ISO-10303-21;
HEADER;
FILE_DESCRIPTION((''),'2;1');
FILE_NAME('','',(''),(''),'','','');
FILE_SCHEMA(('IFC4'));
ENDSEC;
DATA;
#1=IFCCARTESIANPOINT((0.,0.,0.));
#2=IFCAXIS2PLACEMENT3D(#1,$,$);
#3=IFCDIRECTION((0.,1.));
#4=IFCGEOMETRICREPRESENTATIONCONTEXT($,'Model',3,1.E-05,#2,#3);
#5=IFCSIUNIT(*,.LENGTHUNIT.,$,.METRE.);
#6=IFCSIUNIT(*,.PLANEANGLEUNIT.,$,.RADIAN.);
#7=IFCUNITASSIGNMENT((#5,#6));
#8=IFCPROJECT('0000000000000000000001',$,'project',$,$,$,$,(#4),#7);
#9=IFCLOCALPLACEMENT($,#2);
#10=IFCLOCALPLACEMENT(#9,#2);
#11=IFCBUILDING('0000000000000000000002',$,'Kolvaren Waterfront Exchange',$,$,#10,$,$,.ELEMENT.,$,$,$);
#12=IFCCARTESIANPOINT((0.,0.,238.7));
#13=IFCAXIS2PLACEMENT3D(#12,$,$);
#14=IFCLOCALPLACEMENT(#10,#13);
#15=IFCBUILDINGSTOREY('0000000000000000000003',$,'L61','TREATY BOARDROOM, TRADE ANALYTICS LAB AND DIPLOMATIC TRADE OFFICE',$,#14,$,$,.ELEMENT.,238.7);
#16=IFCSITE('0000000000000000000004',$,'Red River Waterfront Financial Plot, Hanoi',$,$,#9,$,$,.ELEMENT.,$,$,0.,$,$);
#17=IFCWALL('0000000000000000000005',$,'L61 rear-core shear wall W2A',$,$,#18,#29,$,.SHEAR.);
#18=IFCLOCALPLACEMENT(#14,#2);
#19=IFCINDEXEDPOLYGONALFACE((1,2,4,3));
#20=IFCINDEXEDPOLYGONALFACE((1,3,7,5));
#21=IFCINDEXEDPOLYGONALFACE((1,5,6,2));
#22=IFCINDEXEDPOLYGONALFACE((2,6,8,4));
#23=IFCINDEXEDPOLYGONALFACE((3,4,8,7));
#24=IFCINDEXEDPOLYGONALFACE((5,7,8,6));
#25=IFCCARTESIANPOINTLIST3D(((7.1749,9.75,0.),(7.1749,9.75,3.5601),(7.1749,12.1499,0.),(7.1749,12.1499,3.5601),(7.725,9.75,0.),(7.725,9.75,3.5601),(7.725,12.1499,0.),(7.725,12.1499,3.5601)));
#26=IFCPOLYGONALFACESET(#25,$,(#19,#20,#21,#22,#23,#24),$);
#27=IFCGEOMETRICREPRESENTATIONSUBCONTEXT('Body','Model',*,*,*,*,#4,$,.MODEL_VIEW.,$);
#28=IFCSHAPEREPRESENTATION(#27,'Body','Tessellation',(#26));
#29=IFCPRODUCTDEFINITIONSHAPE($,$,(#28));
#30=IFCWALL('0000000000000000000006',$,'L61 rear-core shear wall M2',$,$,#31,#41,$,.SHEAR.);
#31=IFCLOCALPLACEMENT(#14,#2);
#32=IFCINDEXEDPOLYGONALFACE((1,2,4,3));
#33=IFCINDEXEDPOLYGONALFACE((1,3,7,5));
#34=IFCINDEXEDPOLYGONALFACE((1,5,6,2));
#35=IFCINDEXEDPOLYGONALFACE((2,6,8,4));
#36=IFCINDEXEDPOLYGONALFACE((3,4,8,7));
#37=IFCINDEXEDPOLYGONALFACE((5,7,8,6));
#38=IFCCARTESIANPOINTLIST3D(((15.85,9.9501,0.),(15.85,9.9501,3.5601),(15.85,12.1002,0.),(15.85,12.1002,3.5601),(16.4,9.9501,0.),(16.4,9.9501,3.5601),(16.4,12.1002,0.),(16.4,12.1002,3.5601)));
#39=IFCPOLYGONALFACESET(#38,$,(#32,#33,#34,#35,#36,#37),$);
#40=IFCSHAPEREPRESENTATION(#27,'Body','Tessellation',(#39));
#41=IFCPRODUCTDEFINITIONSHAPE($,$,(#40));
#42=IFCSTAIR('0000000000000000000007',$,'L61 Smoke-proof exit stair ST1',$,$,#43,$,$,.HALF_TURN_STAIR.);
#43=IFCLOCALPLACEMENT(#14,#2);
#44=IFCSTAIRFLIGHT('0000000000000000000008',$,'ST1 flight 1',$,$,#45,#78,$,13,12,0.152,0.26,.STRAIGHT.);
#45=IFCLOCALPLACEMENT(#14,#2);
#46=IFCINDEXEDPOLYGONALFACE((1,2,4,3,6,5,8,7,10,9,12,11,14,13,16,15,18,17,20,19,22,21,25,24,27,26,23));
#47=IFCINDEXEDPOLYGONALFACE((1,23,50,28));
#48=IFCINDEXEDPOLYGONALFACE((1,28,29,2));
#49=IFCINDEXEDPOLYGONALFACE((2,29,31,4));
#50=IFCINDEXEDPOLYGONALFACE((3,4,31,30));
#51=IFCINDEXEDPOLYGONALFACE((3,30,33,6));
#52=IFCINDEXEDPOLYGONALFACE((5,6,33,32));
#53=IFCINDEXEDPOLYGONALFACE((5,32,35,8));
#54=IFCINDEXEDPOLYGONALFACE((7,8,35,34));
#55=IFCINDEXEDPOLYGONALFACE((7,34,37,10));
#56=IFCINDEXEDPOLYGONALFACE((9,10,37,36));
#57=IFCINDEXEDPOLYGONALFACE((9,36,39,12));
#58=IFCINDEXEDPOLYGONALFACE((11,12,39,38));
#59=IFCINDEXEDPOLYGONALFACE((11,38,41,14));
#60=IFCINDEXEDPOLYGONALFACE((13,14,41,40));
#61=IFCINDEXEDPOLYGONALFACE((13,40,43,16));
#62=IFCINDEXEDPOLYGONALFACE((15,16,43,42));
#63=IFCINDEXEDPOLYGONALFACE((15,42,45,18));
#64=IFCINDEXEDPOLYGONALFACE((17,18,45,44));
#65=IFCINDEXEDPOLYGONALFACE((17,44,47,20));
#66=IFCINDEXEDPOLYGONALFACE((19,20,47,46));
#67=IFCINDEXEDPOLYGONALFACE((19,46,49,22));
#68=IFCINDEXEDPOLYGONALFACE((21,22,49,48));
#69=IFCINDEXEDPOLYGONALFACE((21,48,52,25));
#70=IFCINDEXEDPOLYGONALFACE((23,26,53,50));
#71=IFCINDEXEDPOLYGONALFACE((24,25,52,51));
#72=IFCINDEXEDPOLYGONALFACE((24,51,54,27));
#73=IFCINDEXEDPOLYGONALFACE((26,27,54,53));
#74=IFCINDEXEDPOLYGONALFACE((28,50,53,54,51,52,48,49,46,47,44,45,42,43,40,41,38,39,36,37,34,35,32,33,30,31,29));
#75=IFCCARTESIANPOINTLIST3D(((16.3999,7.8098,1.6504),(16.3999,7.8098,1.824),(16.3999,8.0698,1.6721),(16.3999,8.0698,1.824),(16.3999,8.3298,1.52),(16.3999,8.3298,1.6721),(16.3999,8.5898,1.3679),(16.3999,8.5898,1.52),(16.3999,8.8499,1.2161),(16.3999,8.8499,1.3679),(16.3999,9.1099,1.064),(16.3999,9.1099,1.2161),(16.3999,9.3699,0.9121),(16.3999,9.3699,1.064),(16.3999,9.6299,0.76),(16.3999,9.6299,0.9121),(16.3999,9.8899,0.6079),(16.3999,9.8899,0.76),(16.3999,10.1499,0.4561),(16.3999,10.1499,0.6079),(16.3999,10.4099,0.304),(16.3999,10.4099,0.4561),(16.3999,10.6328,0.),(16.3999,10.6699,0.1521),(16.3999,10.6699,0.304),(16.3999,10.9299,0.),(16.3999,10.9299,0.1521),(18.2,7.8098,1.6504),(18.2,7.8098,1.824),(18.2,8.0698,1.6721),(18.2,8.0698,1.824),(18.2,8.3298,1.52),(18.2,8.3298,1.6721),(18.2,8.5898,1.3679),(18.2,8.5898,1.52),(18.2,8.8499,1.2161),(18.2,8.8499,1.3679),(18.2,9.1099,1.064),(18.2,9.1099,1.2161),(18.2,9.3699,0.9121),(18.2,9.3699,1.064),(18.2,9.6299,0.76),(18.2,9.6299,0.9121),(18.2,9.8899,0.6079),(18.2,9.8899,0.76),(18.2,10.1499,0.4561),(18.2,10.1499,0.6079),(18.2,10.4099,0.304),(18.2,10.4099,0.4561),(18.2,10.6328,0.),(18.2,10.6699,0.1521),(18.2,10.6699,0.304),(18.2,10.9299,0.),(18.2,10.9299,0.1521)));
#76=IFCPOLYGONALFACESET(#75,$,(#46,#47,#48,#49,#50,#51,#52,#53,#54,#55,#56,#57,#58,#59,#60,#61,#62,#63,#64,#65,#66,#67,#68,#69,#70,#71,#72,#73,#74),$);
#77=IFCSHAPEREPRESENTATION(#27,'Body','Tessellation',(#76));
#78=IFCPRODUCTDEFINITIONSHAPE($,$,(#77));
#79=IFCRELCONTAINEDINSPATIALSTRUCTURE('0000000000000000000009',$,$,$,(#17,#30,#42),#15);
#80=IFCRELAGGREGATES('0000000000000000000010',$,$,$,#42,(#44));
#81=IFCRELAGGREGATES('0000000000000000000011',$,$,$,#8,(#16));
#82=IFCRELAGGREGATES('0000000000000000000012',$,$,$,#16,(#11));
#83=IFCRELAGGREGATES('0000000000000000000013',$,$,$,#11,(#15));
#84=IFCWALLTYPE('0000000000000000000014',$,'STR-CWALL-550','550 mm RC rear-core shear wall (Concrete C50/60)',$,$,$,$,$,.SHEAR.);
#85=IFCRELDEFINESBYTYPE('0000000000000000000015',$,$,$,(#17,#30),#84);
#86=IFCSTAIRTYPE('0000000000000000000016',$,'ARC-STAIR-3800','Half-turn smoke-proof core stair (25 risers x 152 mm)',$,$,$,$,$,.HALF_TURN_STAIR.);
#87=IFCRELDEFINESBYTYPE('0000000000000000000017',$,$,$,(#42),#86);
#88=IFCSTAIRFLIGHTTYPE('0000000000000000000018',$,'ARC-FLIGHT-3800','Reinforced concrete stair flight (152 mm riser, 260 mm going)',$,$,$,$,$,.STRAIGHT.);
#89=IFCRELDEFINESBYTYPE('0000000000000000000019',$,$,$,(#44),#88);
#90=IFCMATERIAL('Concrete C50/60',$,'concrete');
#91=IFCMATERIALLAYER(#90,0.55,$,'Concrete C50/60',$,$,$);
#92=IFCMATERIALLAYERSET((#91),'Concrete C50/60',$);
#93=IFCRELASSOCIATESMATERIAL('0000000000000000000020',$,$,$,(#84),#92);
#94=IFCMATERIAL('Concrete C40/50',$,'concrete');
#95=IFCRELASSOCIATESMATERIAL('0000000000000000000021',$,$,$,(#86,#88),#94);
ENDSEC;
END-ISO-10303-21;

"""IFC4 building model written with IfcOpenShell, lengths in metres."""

from ifc_helpers import new_model, si_unit, direction, frame, frame_2d, origin, place, context, subcontext, project, spatial, polyline, rectangle, outline, extrude, material, layer, layer_set, type_object, element, aggregate, save


model = new_model("IFC4")

# Units and contexts
model_context = context("Model", 3, precision=1e-05, world=origin(), true_north=direction((0.0, 1.0)))
body_context = subcontext(model_context, "Body", "Model", "MODEL_VIEW")
ifc_project = project(units=[si_unit("LENGTHUNIT", "METRE"), si_unit("PLANEANGLEUNIT", "RADIAN")], contexts=[model_context])

# Site, building, storey
site_placement = place(None, origin())
site = spatial("IfcSite", under=ifc_project, at=site_placement, Name="Red River Waterfront Financial Plot, Hanoi", CompositionType="ELEMENT", RefElevation=0.0)
building_placement = place(site_placement, origin())
building = spatial("IfcBuilding", under=site, at=building_placement, Name="Kolvaren Waterfront Exchange", CompositionType="ELEMENT")
storey_placement = place(building_placement, frame((0.0, 0.0, 238.7)))
storey = spatial("IfcBuildingStorey", under=building, at=storey_placement, Name="L61", Description="TREATY BOARDROOM, TRADE ANALYTICS LAB AND DIPLOMATIC TRADE OFFICE", CompositionType="ELEMENT", Elevation=238.7)

# Walls
ifc_material_1 = material(Name="Concrete C50/60", Category="concrete")
ifc_layer_1 = layer(ifc_material_1, 0.55, Name="Concrete C50/60")
ifc_layer_set_1 = layer_set([ifc_layer_1], Name="Concrete C50/60")
wall_type_1 = type_object("IfcWallType", Name="STR-CWALL-550", Description="550 mm RC rear-core shear wall (Concrete C50/60)", PredefinedType="SHEAR", material=ifc_layer_set_1)
wall_1_placement = place(storey_placement, frame((7.45, 9.75, 0.0), z_axis=(0.0, 0.0, 1.0), x_axis=(0.0, 1.0, 0.0)))
element("IfcWall", 1, at=wall_1_placement, inside=storey, type_object=wall_type_1, Name="L61 rear-core shear wall W2A", PredefinedType="SHEAR", context=body_context, shape_type="SweptSolid", body=[
    extrude(rectangle(XDim=2.3999, YDim=0.55, at=frame_2d((1.2, 0.0))), origin(), (0.0, 0.0, 1.0), 3.5601),
])
wall_2_placement = place(storey_placement, frame((16.125, 9.95, 0.0), z_axis=(0.0, 0.0, 1.0), x_axis=(0.0, 1.0, 0.0)))
element("IfcWall", 2, at=wall_2_placement, inside=storey, type_object=wall_type_1, Name="L61 rear-core shear wall M2", PredefinedType="SHEAR", context=body_context, shape_type="SweptSolid", body=[
    extrude(rectangle(XDim=2.1501, YDim=0.55, at=frame_2d((1.0752, 0.0))), origin(), (0.0, 0.0, 1.0), 3.5601),
])

# Stair, stair flight
ifc_material_2 = material(Name="Concrete C40/50", Category="concrete")
stair_type = type_object("IfcStairType", Name="ARC-STAIR-3800", Description="Half-turn smoke-proof core stair (25 risers x 152 mm)", PredefinedType="HALF_TURN_STAIR", material=ifc_material_2)
stair_placement = place(storey_placement, origin())
stair = element("IfcStair", 3, at=stair_placement, inside=storey, type_object=stair_type, Name="L61 Smoke-proof exit stair ST1", PredefinedType="HALF_TURN_STAIR")
stair_flight_type = type_object("IfcStairFlightType", Name="ARC-FLIGHT-3800", Description="Reinforced concrete stair flight (152 mm riser, 260 mm going)", PredefinedType="STRAIGHT", material=ifc_material_2)
stair_flight_placement = place(storey_placement, frame((17.3, 10.9299, 0.0), z_axis=(0.0, 0.0, 1.0), x_axis=(0.0, -1.0, 0.0)))
stair_flight = element("IfcStairFlight", 4, at=stair_flight_placement, type_object=stair_flight_type, Name="ST1 flight 1", NumberOfRisers=13, NumberOfTreads=12, PredefinedType="STRAIGHT", RiserHeight=0.152, TreadLength=0.26, context=body_context, shape_type="SweptSolid", body=[
    extrude(outline(polyline([(0.0, 0.0), (0.0, 0.1521), (0.26, 0.1521), (0.26, 0.304), (0.52, 0.304), (0.52, 0.4561), (0.78, 0.4561), (0.78, 0.6079), (1.04, 0.6079), (1.04, 0.76), (1.3, 0.76), (1.3, 0.9121), (1.5601, 0.9121), (1.5601, 1.064), (1.8201, 1.064), (1.8201, 1.2161), (2.0801, 1.2161), (2.0801, 1.3679), (2.3401, 1.3679), (2.3401, 1.52), (2.6001, 1.52), (2.6001, 1.6721), (2.8601, 1.6721), (2.8601, 1.824), (3.1201, 1.824), (3.1201, 1.9761), (3.1201, 1.6504), (0.2971, 0.0), (0.0, 0.0)])), frame((0.0, 0.8999, 0.0), z_axis=(0.0, -1.0, 0.0), x_axis=(1.0, 0.0, 0.0)), (0.0, 0.0, 1.0), 1.8),
])
aggregate(stair, [stair_flight])

save(model, "model.ifc")
